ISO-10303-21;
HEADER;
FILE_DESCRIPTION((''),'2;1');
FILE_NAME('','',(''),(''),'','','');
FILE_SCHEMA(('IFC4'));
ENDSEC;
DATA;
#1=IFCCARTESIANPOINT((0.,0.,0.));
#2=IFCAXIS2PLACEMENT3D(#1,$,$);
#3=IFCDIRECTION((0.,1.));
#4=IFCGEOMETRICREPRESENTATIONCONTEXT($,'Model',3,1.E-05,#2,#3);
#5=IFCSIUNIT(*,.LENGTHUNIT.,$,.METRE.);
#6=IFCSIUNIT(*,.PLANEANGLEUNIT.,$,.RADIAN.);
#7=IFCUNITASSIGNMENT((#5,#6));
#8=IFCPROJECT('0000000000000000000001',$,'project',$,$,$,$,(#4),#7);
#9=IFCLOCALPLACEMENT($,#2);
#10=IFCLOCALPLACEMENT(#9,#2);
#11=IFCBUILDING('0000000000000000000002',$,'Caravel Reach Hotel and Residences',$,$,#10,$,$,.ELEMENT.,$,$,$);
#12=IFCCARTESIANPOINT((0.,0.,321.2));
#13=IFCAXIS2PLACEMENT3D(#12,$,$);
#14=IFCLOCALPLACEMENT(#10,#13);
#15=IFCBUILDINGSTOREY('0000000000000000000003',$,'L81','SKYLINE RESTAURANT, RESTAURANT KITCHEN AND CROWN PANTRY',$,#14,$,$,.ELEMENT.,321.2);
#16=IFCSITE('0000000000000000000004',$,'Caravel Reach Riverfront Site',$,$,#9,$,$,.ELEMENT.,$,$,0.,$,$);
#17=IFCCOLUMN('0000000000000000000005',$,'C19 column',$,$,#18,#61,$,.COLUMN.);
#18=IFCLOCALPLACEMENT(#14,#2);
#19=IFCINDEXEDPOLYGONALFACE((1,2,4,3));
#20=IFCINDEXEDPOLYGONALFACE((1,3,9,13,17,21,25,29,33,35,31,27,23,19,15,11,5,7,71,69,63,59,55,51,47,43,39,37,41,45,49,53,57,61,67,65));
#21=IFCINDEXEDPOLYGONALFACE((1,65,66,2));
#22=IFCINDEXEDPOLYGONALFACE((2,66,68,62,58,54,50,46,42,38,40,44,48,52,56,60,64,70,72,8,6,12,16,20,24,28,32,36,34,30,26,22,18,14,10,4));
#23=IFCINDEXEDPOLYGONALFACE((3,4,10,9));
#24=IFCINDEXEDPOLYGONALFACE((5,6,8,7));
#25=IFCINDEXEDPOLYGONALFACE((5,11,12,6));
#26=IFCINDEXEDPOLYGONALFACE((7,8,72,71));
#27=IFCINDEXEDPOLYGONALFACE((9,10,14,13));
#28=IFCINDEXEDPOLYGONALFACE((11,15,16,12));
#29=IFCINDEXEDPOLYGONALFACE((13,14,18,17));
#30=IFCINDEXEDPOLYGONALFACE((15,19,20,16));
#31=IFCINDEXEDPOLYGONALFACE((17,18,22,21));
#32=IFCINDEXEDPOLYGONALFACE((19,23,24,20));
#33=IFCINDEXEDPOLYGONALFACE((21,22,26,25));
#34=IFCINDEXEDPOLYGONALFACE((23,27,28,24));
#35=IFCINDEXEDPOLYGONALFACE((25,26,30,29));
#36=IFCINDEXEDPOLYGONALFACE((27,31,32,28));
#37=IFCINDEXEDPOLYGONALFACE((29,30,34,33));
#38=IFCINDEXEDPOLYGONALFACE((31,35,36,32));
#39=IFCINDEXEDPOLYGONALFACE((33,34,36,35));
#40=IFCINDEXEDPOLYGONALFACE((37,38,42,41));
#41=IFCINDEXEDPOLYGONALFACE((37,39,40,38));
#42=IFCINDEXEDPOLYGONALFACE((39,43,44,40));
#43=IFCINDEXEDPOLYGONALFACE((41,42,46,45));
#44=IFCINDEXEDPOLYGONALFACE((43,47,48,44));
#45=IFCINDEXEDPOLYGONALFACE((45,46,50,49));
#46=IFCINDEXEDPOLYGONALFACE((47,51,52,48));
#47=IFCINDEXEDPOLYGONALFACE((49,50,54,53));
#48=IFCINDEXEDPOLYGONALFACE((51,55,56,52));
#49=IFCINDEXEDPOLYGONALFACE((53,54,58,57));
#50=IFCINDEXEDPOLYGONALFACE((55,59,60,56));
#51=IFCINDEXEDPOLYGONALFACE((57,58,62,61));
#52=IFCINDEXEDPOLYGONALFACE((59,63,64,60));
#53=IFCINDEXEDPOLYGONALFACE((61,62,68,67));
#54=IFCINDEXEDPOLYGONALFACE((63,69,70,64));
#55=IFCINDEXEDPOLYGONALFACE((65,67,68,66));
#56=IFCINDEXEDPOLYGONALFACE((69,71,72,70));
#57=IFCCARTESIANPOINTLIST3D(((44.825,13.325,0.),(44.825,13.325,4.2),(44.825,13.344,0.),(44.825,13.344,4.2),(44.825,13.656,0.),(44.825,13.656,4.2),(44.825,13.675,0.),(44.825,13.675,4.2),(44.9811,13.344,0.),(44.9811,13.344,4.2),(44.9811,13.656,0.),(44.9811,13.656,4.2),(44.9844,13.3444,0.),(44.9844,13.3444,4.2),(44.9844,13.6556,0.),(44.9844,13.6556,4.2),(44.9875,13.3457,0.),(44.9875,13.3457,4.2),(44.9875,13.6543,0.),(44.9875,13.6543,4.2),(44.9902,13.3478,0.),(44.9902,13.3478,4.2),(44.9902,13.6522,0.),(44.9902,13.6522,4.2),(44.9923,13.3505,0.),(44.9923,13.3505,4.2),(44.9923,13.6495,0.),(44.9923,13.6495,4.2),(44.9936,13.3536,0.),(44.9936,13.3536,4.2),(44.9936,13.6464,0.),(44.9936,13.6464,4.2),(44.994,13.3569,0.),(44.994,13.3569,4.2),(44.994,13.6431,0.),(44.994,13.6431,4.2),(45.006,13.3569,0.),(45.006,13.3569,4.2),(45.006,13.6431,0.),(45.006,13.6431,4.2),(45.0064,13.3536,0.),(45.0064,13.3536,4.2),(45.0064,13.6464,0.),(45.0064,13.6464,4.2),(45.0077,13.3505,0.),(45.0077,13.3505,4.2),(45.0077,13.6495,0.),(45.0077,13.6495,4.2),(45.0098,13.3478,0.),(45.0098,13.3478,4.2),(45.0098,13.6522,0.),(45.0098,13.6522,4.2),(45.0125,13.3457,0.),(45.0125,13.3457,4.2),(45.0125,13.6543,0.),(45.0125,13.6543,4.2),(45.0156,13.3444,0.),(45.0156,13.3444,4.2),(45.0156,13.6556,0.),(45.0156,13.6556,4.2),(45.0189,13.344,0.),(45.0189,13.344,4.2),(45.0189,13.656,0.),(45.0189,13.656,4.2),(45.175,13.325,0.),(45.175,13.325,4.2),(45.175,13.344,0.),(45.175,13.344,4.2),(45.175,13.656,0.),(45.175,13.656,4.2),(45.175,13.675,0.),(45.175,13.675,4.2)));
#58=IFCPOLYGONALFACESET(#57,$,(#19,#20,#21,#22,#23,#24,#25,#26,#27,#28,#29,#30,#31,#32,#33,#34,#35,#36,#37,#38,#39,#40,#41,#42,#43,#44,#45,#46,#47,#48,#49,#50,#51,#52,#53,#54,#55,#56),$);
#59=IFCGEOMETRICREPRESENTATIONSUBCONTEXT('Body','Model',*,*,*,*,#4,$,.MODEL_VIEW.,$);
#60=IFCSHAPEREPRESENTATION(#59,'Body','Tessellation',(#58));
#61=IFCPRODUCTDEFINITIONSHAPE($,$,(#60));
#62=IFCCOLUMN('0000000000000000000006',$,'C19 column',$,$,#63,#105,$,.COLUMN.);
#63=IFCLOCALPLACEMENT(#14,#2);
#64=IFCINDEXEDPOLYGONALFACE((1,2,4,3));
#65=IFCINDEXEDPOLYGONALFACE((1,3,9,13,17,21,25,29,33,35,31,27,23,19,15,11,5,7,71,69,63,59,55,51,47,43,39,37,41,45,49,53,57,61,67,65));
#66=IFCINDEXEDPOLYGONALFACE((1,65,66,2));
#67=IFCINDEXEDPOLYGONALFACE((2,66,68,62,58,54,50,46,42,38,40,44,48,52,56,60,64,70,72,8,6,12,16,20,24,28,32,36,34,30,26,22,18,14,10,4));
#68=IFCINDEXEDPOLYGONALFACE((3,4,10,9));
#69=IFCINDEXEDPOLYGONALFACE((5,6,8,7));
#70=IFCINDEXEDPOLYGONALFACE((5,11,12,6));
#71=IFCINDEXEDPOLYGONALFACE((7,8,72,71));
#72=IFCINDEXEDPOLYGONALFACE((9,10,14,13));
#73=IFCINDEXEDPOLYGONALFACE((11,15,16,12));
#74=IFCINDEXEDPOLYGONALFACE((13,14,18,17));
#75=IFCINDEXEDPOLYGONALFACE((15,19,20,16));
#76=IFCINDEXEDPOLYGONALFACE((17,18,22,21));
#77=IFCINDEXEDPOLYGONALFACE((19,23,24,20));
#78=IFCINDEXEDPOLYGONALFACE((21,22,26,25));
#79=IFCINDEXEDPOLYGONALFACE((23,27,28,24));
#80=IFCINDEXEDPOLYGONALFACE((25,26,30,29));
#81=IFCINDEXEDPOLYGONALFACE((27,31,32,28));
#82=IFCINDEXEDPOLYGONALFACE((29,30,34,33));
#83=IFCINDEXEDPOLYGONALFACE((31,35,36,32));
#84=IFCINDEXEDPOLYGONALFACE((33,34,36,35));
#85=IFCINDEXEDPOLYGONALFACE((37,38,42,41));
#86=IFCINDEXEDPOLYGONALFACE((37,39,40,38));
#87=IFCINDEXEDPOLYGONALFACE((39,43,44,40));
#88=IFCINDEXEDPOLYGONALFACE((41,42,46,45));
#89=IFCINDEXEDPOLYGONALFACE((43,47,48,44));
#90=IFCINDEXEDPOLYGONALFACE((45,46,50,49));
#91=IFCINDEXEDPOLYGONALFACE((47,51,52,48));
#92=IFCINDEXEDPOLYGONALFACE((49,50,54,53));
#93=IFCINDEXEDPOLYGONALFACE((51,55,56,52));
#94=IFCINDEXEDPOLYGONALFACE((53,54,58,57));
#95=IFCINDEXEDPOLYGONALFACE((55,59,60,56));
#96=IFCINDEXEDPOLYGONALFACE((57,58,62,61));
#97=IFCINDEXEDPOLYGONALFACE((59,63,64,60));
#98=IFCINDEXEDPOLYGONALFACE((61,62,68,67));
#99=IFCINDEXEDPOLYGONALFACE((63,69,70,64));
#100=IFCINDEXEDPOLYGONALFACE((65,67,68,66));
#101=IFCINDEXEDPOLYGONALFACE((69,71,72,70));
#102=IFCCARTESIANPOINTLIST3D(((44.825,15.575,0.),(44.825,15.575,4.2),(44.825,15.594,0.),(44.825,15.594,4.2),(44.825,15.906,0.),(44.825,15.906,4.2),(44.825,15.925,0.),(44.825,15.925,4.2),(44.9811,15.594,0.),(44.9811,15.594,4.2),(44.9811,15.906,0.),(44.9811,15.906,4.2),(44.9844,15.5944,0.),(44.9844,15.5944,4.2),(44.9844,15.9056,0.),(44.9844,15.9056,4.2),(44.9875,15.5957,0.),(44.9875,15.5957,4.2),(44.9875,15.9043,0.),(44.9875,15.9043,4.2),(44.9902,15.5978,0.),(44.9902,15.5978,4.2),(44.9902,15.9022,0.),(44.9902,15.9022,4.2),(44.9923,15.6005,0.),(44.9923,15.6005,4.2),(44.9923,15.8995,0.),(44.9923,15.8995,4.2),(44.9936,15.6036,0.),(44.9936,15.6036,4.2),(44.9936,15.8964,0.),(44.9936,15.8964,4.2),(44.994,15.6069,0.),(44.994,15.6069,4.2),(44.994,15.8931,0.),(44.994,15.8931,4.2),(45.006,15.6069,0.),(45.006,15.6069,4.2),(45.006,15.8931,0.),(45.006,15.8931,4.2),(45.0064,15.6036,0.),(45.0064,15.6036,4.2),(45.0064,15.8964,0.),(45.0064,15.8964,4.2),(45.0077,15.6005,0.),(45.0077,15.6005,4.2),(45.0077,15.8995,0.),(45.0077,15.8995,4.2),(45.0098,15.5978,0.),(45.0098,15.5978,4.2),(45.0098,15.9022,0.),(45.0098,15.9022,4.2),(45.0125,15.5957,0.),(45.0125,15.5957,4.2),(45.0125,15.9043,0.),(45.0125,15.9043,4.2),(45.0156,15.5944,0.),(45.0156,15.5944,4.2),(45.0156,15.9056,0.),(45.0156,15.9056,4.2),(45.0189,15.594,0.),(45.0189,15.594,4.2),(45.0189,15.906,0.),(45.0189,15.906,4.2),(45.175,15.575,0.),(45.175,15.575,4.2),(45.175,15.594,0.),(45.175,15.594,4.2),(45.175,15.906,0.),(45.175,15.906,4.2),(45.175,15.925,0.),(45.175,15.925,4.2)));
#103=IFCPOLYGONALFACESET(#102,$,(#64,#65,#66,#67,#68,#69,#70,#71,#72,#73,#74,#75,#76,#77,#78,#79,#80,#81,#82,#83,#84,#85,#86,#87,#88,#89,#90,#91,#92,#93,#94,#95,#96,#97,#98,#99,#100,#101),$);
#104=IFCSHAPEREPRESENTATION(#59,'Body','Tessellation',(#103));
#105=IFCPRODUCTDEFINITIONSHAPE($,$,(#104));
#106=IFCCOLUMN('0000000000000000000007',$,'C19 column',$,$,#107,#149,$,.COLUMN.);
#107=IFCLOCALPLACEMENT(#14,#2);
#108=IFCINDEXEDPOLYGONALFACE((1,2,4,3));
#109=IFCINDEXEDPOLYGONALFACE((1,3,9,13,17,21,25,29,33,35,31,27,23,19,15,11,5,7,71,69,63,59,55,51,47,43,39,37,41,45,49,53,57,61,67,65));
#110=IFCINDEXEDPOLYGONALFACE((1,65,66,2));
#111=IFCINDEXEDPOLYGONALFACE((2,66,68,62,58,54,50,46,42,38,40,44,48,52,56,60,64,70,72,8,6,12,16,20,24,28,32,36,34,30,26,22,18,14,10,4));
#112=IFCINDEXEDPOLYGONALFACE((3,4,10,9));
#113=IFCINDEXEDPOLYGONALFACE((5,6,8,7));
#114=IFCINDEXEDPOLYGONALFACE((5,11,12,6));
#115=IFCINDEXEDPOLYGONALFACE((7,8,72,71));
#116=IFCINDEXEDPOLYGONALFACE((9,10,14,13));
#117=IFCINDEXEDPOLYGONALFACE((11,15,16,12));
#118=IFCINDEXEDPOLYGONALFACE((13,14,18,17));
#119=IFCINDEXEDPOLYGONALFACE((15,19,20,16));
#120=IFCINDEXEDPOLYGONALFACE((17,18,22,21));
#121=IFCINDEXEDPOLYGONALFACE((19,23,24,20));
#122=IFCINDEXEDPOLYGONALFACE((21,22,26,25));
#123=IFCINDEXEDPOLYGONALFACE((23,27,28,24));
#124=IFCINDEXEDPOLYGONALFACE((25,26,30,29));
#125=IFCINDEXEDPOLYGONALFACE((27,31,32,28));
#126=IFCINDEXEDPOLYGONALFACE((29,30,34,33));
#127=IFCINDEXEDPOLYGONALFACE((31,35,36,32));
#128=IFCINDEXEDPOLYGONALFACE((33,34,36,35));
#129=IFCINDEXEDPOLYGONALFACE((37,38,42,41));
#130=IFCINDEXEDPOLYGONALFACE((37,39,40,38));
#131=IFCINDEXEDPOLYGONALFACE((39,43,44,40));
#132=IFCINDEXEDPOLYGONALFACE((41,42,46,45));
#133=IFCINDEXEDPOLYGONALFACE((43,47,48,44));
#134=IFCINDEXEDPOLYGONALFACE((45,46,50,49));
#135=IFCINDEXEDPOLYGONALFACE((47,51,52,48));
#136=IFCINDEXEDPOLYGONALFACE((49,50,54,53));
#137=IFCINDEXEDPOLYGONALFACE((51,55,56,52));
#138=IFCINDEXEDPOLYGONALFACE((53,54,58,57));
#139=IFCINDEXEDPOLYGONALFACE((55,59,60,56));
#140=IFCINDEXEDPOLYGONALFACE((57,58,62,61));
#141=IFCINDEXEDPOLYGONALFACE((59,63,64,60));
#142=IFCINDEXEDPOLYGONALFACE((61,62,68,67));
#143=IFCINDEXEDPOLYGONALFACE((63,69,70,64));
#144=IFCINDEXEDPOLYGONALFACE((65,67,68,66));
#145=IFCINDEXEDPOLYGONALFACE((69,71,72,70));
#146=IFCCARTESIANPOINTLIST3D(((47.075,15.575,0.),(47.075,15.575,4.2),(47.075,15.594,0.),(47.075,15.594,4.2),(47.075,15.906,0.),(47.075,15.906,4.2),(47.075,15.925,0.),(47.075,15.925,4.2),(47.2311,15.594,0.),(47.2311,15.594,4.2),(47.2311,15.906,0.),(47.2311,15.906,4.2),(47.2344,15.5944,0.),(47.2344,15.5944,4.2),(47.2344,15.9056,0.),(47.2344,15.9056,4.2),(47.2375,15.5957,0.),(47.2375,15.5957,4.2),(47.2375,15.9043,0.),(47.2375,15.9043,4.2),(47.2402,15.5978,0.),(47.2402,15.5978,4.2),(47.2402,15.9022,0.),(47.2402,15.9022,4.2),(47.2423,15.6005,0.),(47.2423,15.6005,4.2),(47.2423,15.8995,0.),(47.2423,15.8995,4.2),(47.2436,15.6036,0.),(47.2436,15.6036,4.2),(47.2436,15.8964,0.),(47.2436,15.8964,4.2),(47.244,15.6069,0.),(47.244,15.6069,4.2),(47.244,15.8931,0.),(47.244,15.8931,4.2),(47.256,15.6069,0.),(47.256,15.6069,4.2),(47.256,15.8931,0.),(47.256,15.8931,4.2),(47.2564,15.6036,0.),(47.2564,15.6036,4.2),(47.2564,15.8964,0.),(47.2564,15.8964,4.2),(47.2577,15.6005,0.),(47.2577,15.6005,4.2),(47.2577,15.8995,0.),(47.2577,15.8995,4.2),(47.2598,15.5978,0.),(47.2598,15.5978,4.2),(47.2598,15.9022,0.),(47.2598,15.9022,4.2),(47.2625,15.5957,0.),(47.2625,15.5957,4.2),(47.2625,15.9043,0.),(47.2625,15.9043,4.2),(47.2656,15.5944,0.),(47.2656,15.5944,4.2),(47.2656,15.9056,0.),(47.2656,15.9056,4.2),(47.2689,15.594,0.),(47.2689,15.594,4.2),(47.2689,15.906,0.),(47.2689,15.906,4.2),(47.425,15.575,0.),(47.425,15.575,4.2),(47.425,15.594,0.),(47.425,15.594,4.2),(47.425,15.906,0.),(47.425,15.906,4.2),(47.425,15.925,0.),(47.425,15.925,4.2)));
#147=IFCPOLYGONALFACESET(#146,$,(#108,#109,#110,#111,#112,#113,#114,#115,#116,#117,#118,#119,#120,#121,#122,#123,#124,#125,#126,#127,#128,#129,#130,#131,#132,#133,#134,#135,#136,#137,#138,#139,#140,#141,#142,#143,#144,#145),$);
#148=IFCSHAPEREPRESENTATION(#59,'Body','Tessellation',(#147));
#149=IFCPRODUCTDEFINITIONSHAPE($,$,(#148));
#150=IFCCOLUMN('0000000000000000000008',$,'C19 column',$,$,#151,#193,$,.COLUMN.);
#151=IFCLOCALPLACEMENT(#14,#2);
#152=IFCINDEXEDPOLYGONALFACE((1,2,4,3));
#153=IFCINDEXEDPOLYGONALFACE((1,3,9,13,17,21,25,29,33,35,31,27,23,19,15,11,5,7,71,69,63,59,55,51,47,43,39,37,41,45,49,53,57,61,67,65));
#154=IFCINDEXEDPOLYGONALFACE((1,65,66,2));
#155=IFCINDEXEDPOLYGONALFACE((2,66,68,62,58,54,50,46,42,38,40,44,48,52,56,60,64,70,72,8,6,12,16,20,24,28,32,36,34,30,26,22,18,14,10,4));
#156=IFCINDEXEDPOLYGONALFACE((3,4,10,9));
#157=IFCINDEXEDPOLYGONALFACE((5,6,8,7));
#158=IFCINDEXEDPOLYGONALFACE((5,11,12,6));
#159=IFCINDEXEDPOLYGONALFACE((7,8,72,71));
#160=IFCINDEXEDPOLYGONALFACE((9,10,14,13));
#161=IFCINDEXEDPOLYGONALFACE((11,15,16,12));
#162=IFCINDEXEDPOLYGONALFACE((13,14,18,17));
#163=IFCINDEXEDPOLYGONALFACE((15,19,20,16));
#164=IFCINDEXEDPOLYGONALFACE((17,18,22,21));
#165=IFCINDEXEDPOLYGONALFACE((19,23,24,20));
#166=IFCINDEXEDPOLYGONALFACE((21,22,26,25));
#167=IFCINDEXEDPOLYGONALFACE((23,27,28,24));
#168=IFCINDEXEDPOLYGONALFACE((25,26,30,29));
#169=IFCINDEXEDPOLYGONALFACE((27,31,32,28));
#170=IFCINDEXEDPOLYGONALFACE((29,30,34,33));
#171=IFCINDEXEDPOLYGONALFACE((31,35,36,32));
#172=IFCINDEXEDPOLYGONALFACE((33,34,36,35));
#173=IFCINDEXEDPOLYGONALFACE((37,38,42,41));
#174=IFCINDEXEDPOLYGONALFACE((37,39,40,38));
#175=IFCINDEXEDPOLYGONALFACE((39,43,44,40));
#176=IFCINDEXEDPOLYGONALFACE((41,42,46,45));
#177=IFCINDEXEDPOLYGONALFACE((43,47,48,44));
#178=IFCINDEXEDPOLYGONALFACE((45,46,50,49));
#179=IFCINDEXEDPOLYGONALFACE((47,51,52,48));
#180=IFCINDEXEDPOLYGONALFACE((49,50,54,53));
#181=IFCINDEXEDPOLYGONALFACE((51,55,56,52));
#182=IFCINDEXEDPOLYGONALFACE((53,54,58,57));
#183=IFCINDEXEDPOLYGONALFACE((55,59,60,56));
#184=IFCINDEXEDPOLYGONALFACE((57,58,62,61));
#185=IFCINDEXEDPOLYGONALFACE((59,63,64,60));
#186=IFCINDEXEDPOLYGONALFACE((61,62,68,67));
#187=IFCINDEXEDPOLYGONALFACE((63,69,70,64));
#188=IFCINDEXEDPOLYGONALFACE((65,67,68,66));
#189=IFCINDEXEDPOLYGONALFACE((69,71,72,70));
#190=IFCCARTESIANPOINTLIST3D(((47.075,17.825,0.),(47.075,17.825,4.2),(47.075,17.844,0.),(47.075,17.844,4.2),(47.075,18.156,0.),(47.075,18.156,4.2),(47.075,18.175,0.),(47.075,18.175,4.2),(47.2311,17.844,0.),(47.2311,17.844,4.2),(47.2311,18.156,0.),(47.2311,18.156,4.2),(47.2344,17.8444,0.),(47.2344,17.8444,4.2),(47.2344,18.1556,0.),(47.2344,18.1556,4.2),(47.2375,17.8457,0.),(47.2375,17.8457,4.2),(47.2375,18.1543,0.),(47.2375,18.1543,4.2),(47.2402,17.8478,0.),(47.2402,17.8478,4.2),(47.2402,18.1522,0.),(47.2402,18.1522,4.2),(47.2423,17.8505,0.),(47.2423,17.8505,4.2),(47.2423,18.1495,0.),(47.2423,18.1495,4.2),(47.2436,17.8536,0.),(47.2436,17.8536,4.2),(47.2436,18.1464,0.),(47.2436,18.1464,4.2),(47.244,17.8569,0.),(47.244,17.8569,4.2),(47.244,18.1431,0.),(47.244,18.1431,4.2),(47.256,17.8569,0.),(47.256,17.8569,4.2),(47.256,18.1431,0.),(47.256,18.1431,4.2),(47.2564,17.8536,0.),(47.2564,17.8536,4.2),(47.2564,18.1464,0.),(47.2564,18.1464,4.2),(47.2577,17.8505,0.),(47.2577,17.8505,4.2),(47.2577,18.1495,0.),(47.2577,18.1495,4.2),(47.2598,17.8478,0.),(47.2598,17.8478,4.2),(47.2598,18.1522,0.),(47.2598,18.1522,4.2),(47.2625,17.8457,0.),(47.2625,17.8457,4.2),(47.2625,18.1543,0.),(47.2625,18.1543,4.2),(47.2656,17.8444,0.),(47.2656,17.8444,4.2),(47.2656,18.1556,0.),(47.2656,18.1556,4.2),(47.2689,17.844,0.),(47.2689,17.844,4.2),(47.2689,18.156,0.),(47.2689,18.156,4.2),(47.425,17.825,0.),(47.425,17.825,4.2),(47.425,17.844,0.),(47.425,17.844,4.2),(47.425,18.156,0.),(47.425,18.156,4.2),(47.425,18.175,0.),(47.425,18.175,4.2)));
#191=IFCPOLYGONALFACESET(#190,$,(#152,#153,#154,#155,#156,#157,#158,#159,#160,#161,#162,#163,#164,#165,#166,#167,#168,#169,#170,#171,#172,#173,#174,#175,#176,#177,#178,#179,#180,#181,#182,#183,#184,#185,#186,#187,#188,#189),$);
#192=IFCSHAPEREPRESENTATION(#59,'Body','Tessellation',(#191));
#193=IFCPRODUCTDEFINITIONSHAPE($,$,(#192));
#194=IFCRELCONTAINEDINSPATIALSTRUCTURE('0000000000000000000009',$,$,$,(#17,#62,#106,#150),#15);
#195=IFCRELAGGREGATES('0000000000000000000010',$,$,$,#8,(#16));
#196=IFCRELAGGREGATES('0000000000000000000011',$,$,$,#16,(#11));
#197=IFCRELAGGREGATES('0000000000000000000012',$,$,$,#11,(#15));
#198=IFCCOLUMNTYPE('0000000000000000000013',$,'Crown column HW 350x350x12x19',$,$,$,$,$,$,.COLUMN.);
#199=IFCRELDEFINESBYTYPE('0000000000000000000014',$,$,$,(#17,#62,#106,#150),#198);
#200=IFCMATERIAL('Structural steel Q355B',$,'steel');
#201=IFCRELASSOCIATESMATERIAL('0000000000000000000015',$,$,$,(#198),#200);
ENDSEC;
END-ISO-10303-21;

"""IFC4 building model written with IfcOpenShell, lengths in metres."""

from ifc_helpers import new_model, si_unit, direction, frame, origin, origin_2d, place, context, subcontext, project, spatial, i_section, extrude, material, material_profile, profile_set, type_object, element, save


model = new_model("IFC4")

# Units and contexts
model_context = context("Model", 3, precision=1e-05, world=origin(), true_north=direction((0.0, 1.0)))
body_context = subcontext(model_context, "Body", "Model", "MODEL_VIEW")
ifc_project = project(units=[si_unit("LENGTHUNIT", "METRE"), si_unit("PLANEANGLEUNIT", "RADIAN")], contexts=[model_context])

# Site, building, storey
site_placement = place(None, origin())
site = spatial("IfcSite", under=ifc_project, at=site_placement, Name="Caravel Reach Riverfront Site", CompositionType="ELEMENT", RefElevation=0.0)
building_placement = place(site_placement, origin())
building = spatial("IfcBuilding", under=site, at=building_placement, Name="Caravel Reach Hotel and Residences", CompositionType="ELEMENT")
storey_placement = place(building_placement, frame((0.0, 0.0, 321.2)))
storey = spatial("IfcBuildingStorey", under=building, at=storey_placement, Name="L81", Description="SKYLINE RESTAURANT, RESTAURANT KITCHEN AND CROWN PANTRY", CompositionType="ELEMENT", Elevation=321.2)

# Columns
ifc_material_1 = material(Name="Structural steel Q355B", Category="steel")
ifc_material_profile_1 = material_profile(ifc_material_1, i_section(OverallWidth=0.3501, OverallDepth=0.3501, WebThickness=0.012, FlangeThickness=0.019, FilletRadius=0.0129, at=origin_2d()), Name="HW 350x350x12x19")
ifc_profile_set_1 = profile_set([ifc_material_profile_1], Name="Structural steel Q355B")
column_type = type_object("IfcColumnType", Name="Crown column HW 350x350x12x19", PredefinedType="COLUMN", material=ifc_profile_set_1)
for number, where, z_axis, x_axis, name in (
    (1, (45.0, 13.5, 0.0), (0.0, 0.0, 1.0), (1.0, 0.0, 0.0), "C19 column"),
    (2, (45.0, 15.75, 0.0), (0.0, 0.0, 1.0), (1.0, 0.0, 0.0), "C19 column"),
    (3, (47.25, 15.75, 0.0), (0.0, 0.0, 1.0), (1.0, 0.0, 0.0), "C19 column"),
    (4, (47.25, 18.0, 0.0), (0.0, 0.0, 1.0), (1.0, 0.0, 0.0), "C19 column"),
):
    element("IfcColumn", number, at=place(storey_placement, frame(where, z_axis=z_axis, x_axis=x_axis)), inside=storey, type_object=column_type, Name=name, PredefinedType="COLUMN", context=body_context, shape_type="SweptSolid", body=[
        extrude(i_section(OverallWidth=0.3501, OverallDepth=0.3501, WebThickness=0.012, FlangeThickness=0.019, FilletRadius=0.0129, at=origin_2d()), origin(), (0.0, 0.0, 1.0), 4.2),
    ])

save(model, "model.ifc")
